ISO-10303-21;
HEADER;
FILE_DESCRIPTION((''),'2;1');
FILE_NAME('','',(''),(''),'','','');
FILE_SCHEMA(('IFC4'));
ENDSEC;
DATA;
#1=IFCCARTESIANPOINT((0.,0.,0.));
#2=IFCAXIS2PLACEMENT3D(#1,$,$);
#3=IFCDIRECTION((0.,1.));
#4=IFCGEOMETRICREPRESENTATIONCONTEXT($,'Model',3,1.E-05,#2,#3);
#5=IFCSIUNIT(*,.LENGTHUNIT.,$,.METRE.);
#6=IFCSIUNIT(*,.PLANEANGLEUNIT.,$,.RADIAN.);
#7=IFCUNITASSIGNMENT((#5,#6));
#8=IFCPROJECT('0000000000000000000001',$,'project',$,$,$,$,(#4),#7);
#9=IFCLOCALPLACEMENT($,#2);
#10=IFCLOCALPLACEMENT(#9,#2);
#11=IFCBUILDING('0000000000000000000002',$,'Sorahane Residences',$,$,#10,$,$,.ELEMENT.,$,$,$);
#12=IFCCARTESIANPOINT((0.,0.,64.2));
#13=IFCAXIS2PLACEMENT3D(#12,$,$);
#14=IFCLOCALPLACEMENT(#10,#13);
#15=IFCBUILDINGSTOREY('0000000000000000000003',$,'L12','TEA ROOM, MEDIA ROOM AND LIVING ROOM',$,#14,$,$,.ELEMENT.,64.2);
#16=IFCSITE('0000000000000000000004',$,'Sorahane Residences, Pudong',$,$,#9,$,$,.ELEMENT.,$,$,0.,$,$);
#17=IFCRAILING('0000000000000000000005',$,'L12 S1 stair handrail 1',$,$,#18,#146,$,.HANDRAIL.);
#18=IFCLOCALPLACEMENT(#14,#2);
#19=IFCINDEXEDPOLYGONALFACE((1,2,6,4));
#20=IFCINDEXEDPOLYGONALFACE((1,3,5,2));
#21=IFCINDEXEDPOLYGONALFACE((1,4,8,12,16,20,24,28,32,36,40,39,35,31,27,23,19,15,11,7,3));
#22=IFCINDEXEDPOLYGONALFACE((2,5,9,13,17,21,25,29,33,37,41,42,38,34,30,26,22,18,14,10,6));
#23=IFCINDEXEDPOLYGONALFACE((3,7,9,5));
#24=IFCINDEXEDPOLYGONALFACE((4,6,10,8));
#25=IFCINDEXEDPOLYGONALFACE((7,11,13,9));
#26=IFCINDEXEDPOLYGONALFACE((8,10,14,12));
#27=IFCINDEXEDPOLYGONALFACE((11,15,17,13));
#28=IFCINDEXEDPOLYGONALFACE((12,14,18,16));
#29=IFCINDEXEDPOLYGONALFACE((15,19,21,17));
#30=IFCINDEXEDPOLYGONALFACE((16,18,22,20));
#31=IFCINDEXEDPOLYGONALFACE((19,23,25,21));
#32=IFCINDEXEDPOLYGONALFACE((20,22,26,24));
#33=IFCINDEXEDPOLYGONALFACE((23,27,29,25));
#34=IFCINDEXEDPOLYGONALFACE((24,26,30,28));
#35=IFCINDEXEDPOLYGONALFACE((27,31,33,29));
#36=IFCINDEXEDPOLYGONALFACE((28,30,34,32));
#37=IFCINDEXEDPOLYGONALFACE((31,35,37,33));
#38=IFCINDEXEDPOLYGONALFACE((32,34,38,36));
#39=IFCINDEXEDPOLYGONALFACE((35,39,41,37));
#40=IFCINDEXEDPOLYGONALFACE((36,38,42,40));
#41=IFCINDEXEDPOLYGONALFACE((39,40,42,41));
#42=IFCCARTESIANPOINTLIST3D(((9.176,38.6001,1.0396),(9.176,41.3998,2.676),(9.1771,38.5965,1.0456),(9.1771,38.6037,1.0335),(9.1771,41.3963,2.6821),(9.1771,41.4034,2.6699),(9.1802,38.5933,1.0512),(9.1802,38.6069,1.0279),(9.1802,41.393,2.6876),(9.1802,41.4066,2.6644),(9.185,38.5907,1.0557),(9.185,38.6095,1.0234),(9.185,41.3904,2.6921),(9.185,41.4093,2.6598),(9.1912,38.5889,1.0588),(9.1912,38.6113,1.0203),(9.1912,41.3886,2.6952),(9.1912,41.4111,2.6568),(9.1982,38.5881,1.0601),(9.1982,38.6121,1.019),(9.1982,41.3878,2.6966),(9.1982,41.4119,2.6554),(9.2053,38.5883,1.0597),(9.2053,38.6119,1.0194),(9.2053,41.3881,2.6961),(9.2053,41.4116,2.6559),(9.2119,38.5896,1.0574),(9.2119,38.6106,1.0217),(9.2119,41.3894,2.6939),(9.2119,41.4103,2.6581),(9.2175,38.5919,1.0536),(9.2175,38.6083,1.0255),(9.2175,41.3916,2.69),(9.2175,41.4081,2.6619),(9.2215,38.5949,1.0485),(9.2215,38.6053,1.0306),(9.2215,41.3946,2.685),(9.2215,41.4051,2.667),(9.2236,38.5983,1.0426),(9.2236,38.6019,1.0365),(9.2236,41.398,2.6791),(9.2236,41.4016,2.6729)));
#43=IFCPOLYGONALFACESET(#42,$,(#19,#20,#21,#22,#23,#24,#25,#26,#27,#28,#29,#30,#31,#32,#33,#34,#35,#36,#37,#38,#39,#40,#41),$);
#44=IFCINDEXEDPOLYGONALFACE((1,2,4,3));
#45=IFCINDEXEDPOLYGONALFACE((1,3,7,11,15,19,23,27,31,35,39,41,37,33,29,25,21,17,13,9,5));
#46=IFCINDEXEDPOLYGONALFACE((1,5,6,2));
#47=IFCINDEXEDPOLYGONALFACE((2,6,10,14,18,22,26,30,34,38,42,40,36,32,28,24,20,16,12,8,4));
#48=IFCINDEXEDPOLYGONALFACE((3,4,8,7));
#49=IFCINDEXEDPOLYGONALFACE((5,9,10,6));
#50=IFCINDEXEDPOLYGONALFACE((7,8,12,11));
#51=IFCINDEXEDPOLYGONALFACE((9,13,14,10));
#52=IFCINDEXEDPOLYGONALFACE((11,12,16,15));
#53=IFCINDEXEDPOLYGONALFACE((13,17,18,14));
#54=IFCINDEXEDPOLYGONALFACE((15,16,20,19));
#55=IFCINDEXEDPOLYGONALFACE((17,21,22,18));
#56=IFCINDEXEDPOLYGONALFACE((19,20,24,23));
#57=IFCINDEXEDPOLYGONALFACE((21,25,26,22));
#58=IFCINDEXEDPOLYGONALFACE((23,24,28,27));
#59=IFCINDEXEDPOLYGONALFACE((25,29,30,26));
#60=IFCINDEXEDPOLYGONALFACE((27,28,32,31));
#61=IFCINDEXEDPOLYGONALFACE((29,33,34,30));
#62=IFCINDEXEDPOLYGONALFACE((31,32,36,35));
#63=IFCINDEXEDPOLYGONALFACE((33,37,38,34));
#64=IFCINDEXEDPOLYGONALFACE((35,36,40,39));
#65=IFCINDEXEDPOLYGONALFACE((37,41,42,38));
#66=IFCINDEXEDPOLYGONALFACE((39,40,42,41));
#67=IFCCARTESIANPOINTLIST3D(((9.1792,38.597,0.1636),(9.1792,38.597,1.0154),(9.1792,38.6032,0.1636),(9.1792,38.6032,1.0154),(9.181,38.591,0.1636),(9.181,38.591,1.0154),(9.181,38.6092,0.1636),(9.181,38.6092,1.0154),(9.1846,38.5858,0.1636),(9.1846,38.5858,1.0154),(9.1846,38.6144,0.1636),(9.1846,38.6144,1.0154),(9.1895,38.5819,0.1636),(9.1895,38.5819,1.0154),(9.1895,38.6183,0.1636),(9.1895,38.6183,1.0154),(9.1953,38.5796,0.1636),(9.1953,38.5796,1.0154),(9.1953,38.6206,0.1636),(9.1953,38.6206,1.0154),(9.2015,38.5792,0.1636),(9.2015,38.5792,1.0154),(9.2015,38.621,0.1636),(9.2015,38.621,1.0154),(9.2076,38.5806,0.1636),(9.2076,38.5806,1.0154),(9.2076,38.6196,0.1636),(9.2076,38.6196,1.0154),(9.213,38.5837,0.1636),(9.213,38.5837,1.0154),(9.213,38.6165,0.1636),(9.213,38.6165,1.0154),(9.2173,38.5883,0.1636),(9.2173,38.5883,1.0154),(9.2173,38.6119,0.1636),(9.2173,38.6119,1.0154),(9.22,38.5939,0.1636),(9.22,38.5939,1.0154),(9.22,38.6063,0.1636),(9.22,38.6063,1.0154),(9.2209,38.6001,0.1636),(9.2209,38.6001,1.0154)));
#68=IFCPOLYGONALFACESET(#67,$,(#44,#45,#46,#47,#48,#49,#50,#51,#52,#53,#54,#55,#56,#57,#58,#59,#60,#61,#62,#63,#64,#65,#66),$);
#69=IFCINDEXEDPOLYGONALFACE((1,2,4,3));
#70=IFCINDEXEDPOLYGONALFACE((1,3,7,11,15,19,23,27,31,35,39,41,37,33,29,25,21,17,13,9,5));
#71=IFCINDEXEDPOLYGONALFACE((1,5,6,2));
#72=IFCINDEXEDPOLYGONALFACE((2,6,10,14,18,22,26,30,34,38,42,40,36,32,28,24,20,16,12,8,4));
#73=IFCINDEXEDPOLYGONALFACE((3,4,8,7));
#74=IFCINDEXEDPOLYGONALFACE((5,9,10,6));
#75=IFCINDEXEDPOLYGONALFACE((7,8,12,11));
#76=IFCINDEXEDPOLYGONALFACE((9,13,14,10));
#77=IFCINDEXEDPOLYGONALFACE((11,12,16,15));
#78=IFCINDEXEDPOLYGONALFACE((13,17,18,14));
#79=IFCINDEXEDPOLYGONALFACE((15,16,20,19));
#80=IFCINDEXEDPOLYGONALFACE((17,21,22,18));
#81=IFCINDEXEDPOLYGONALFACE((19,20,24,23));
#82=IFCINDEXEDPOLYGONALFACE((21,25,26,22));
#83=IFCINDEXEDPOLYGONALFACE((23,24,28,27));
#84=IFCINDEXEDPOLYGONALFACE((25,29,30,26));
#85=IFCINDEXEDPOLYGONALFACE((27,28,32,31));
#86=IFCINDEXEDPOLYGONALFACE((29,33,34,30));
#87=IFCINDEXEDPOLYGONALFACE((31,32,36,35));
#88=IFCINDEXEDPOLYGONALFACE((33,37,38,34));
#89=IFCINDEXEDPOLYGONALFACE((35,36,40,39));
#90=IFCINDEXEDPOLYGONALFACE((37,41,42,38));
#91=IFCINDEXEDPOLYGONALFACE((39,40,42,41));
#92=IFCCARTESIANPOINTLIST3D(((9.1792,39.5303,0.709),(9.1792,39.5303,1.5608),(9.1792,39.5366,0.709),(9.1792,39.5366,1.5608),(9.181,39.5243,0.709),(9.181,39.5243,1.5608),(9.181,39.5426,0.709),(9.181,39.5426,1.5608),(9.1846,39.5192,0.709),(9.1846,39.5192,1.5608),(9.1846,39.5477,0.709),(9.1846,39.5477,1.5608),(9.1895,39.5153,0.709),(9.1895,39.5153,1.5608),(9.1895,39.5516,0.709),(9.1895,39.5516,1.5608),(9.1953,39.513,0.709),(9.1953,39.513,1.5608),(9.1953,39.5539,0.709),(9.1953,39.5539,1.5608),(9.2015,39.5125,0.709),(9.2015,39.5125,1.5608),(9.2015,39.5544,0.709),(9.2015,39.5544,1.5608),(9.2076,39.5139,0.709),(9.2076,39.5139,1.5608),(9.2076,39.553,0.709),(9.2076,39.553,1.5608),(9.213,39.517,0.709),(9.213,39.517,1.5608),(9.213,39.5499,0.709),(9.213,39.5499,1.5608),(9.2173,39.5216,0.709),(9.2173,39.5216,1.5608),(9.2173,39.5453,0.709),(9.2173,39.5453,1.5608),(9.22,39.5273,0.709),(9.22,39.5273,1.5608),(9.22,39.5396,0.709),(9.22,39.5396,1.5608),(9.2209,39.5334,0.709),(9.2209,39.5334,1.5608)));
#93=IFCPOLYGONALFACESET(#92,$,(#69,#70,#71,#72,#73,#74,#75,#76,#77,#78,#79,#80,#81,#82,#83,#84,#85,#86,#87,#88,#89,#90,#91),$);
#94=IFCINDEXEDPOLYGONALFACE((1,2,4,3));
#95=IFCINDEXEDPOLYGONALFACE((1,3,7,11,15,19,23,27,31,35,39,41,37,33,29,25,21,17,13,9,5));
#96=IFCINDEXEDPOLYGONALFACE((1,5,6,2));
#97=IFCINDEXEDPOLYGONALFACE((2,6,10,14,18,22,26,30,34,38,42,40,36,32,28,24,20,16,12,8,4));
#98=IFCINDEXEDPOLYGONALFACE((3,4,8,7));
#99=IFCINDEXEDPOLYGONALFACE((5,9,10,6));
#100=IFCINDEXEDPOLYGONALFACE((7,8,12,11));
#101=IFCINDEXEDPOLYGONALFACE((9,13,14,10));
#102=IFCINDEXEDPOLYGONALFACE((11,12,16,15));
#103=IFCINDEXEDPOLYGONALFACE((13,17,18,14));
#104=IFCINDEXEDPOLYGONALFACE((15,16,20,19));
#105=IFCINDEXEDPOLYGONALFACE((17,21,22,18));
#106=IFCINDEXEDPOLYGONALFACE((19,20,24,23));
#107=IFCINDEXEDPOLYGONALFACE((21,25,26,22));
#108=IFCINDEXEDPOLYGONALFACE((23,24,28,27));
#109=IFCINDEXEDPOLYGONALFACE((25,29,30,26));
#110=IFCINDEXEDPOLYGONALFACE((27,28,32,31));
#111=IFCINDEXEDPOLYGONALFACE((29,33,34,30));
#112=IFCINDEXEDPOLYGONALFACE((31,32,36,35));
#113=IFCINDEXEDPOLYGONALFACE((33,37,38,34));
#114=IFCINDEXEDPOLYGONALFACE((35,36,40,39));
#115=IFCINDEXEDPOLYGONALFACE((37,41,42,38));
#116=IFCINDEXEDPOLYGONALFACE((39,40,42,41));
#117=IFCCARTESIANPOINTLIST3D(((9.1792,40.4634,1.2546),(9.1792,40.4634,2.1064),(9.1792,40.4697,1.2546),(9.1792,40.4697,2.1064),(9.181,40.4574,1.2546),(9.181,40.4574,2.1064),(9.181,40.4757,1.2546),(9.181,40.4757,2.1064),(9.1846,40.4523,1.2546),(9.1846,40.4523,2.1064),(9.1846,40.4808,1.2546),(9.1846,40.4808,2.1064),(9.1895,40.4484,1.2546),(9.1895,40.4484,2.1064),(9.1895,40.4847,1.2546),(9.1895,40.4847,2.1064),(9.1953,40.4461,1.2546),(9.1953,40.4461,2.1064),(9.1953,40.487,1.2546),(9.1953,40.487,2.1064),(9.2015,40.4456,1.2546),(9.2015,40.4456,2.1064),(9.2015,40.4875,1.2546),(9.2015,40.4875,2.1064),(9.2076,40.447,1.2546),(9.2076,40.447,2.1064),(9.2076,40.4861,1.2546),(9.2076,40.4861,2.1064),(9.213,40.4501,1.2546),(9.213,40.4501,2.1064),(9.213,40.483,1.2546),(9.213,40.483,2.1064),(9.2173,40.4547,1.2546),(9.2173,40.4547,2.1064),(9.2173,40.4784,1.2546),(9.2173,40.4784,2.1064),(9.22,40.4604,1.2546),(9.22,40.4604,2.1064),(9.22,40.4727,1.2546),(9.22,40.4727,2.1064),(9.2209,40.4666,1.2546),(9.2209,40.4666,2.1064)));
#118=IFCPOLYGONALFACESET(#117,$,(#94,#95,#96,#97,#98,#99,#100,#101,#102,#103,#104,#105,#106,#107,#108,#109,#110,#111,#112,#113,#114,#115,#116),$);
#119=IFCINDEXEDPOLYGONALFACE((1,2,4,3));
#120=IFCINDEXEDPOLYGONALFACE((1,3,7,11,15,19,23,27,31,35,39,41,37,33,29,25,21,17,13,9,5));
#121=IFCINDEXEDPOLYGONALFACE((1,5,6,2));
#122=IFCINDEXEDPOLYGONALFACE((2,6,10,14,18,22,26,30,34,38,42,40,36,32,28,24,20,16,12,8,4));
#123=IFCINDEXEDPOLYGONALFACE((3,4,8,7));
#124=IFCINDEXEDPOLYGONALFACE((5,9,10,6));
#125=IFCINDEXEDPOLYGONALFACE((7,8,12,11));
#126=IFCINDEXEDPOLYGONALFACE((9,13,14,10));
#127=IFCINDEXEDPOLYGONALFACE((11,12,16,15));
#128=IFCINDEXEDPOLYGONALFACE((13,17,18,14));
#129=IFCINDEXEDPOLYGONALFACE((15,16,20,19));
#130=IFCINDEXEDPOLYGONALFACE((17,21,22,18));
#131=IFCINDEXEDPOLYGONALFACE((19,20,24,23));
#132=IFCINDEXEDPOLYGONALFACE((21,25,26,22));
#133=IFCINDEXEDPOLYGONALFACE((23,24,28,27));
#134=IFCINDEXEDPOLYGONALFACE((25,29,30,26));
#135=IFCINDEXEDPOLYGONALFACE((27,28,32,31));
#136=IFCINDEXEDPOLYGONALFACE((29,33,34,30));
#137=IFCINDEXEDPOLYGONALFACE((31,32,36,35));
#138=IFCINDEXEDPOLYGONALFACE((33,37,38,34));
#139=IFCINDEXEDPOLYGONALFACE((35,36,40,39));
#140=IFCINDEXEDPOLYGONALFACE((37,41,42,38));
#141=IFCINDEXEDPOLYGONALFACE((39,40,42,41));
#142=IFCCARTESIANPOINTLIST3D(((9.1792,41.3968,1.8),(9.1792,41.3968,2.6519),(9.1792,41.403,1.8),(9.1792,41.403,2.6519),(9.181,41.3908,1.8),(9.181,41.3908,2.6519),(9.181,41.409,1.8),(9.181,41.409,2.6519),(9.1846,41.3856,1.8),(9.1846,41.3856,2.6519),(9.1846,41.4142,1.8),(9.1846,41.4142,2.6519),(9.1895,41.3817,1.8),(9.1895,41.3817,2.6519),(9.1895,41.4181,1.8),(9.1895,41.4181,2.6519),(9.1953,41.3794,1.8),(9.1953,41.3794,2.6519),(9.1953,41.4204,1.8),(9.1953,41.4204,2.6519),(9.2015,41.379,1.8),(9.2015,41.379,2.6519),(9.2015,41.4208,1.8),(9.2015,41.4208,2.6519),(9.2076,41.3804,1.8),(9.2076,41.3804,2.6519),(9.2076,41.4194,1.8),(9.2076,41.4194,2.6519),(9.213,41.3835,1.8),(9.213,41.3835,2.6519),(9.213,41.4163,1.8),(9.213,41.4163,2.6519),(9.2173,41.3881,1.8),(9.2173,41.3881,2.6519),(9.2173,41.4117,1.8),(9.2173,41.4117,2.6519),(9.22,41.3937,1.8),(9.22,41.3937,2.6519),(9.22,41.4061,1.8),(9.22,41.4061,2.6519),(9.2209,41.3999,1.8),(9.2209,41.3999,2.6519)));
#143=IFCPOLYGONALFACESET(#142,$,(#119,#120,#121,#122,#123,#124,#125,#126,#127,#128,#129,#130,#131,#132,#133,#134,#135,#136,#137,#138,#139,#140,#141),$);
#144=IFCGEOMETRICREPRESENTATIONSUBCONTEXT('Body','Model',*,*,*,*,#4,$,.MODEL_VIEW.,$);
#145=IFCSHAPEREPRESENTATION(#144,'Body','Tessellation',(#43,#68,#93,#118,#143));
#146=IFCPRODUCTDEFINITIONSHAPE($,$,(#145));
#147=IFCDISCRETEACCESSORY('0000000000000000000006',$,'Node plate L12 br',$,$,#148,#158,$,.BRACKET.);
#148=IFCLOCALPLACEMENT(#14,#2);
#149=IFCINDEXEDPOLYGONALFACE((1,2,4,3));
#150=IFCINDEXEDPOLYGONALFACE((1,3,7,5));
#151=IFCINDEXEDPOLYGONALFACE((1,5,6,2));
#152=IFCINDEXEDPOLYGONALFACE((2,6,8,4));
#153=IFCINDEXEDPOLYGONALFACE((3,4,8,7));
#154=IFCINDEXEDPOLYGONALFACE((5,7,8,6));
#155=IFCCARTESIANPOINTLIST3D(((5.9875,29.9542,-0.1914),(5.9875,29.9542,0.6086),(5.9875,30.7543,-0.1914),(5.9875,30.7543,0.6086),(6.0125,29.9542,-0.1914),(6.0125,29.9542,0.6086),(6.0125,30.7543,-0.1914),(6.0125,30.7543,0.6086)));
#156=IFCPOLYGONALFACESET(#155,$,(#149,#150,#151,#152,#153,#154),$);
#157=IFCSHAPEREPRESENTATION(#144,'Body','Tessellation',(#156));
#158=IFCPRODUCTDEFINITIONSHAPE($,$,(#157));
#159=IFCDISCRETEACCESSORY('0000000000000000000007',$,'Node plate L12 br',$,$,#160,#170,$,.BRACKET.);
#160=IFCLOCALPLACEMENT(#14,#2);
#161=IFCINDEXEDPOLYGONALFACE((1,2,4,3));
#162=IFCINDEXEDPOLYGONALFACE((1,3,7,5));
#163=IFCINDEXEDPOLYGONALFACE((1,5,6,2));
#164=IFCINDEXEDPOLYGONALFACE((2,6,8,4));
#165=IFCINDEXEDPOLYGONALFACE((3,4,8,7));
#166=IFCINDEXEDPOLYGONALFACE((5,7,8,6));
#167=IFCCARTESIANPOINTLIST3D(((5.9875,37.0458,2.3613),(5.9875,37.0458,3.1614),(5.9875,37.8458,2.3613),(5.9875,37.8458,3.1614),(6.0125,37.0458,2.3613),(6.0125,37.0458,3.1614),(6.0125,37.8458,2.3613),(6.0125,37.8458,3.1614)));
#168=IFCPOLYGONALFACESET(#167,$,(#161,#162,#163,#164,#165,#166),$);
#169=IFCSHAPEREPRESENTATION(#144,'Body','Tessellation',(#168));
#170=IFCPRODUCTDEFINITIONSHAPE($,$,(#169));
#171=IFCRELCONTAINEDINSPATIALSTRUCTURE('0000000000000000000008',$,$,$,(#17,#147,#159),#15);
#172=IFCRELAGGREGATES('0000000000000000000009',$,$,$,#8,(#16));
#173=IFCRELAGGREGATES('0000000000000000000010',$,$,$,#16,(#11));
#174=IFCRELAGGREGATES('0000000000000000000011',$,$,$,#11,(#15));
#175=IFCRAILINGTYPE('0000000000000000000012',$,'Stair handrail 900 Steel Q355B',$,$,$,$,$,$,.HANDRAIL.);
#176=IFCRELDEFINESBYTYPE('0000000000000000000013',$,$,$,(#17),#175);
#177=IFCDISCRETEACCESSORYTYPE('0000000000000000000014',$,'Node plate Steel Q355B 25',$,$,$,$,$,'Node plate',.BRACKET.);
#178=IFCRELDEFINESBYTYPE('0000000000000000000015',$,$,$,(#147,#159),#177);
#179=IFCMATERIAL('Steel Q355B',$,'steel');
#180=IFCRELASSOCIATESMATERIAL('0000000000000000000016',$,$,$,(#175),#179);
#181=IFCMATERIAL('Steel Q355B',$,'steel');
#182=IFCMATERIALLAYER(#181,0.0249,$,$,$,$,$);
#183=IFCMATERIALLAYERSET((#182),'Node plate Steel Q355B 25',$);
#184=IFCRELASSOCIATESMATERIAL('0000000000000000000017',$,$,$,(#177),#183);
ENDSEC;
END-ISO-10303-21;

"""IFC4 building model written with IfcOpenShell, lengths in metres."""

from ifc_helpers import new_model, si_unit, direction, frame, origin, origin_2d, place, context, subcontext, project, spatial, rectangle, circle, extrude, material, layer, layer_set, type_object, element, save


model = new_model("IFC4")

# Units and contexts
model_context = context("Model", 3, precision=1e-05, world=origin(), true_north=direction((0.0, 1.0)))
body_context = subcontext(model_context, "Body", "Model", "MODEL_VIEW")
ifc_project = project(units=[si_unit("LENGTHUNIT", "METRE"), si_unit("PLANEANGLEUNIT", "RADIAN")], contexts=[model_context])

# Site, building, storey
site_placement = place(None, origin())
site = spatial("IfcSite", under=ifc_project, at=site_placement, Name="Sorahane Residences, Pudong", CompositionType="ELEMENT", RefElevation=0.0)
building_placement = place(site_placement, origin())
building = spatial("IfcBuilding", under=site, at=building_placement, Name="Sorahane Residences", CompositionType="ELEMENT")
storey_placement = place(building_placement, frame((0.0, 0.0, 64.2)))
storey = spatial("IfcBuildingStorey", under=building, at=storey_placement, Name="L12", Description="TEA ROOM, MEDIA ROOM AND LIVING ROOM", CompositionType="ELEMENT", Elevation=64.2)

# Railing
ifc_material_1 = material(Name="Steel Q355B", Category="steel")
railing_type_1 = type_object("IfcRailingType", Name="Stair handrail 900 Steel Q355B", PredefinedType="HANDRAIL", material=ifc_material_1)
railing_1_placement = place(storey_placement, frame((9.2, 38.6001, 0.1636)))
element("IfcRailing", 1, at=railing_1_placement, inside=storey, type_object=railing_type_1, Name="L12 S1 stair handrail 1", PredefinedType="HANDRAIL", context=body_context, shape_type="SweptSolid", body=[
    extrude(circle(Radius=0.0239, at=origin_2d()), frame((0.0, 0.0, 0.876), z_axis=(0.0, 0.863342, 0.50462), x_axis=(-1.0, 0.0, 0.0)), (0.0, 0.0, 1.0), 3.2429),
    extrude(circle(Radius=0.021, at=origin_2d()), origin(), (0.0, 0.0, 1.0), 0.8518),
    extrude(circle(Radius=0.021, at=origin_2d()), frame((0.0, 0.9333, 0.5454)), (0.0, 0.0, 1.0), 0.8518),
    extrude(circle(Radius=0.021, at=origin_2d()), frame((0.0, 1.8665, 1.0911)), (0.0, 0.0, 1.0), 0.8518),
    extrude(circle(Radius=0.021, at=origin_2d()), frame((0.0, 2.7998, 1.6365)), (0.0, 0.0, 1.0), 0.8518),
])

# Discrete accessories
ifc_material_2 = material(Name="Steel Q355B", Category="steel")
ifc_layer_1 = layer(ifc_material_2, 0.0249)
ifc_layer_set_1 = layer_set([ifc_layer_1], Name="Node plate Steel Q355B 25")
discrete_accessory_type = type_object("IfcDiscreteAccessoryType", Name="Node plate Steel Q355B 25", ElementType="Node plate", PredefinedType="BRACKET", material=ifc_layer_set_1)
for number, where, z_axis, x_axis, name in (
    (2, (6.0, 30.3542, -0.1914), (0.0, 0.0, 1.0), (0.0, 1.0, 0.0), "Node plate L12 br"),
    (3, (6.0, 37.4458, 2.3613), (0.0, 0.0, 1.0), (0.0, 1.0, 0.0), "Node plate L12 br"),
):
    element("IfcDiscreteAccessory", number, at=place(storey_placement, frame(where, z_axis=z_axis, x_axis=x_axis)), inside=storey, type_object=discrete_accessory_type, Name=name, PredefinedType="BRACKET", context=body_context, shape_type="SweptSolid", body=[
        extrude(rectangle(XDim=0.8, YDim=0.0249, at=origin_2d()), origin(), (0.0, 0.0, 1.0), 0.8),
    ])

save(model, "model.ifc")
